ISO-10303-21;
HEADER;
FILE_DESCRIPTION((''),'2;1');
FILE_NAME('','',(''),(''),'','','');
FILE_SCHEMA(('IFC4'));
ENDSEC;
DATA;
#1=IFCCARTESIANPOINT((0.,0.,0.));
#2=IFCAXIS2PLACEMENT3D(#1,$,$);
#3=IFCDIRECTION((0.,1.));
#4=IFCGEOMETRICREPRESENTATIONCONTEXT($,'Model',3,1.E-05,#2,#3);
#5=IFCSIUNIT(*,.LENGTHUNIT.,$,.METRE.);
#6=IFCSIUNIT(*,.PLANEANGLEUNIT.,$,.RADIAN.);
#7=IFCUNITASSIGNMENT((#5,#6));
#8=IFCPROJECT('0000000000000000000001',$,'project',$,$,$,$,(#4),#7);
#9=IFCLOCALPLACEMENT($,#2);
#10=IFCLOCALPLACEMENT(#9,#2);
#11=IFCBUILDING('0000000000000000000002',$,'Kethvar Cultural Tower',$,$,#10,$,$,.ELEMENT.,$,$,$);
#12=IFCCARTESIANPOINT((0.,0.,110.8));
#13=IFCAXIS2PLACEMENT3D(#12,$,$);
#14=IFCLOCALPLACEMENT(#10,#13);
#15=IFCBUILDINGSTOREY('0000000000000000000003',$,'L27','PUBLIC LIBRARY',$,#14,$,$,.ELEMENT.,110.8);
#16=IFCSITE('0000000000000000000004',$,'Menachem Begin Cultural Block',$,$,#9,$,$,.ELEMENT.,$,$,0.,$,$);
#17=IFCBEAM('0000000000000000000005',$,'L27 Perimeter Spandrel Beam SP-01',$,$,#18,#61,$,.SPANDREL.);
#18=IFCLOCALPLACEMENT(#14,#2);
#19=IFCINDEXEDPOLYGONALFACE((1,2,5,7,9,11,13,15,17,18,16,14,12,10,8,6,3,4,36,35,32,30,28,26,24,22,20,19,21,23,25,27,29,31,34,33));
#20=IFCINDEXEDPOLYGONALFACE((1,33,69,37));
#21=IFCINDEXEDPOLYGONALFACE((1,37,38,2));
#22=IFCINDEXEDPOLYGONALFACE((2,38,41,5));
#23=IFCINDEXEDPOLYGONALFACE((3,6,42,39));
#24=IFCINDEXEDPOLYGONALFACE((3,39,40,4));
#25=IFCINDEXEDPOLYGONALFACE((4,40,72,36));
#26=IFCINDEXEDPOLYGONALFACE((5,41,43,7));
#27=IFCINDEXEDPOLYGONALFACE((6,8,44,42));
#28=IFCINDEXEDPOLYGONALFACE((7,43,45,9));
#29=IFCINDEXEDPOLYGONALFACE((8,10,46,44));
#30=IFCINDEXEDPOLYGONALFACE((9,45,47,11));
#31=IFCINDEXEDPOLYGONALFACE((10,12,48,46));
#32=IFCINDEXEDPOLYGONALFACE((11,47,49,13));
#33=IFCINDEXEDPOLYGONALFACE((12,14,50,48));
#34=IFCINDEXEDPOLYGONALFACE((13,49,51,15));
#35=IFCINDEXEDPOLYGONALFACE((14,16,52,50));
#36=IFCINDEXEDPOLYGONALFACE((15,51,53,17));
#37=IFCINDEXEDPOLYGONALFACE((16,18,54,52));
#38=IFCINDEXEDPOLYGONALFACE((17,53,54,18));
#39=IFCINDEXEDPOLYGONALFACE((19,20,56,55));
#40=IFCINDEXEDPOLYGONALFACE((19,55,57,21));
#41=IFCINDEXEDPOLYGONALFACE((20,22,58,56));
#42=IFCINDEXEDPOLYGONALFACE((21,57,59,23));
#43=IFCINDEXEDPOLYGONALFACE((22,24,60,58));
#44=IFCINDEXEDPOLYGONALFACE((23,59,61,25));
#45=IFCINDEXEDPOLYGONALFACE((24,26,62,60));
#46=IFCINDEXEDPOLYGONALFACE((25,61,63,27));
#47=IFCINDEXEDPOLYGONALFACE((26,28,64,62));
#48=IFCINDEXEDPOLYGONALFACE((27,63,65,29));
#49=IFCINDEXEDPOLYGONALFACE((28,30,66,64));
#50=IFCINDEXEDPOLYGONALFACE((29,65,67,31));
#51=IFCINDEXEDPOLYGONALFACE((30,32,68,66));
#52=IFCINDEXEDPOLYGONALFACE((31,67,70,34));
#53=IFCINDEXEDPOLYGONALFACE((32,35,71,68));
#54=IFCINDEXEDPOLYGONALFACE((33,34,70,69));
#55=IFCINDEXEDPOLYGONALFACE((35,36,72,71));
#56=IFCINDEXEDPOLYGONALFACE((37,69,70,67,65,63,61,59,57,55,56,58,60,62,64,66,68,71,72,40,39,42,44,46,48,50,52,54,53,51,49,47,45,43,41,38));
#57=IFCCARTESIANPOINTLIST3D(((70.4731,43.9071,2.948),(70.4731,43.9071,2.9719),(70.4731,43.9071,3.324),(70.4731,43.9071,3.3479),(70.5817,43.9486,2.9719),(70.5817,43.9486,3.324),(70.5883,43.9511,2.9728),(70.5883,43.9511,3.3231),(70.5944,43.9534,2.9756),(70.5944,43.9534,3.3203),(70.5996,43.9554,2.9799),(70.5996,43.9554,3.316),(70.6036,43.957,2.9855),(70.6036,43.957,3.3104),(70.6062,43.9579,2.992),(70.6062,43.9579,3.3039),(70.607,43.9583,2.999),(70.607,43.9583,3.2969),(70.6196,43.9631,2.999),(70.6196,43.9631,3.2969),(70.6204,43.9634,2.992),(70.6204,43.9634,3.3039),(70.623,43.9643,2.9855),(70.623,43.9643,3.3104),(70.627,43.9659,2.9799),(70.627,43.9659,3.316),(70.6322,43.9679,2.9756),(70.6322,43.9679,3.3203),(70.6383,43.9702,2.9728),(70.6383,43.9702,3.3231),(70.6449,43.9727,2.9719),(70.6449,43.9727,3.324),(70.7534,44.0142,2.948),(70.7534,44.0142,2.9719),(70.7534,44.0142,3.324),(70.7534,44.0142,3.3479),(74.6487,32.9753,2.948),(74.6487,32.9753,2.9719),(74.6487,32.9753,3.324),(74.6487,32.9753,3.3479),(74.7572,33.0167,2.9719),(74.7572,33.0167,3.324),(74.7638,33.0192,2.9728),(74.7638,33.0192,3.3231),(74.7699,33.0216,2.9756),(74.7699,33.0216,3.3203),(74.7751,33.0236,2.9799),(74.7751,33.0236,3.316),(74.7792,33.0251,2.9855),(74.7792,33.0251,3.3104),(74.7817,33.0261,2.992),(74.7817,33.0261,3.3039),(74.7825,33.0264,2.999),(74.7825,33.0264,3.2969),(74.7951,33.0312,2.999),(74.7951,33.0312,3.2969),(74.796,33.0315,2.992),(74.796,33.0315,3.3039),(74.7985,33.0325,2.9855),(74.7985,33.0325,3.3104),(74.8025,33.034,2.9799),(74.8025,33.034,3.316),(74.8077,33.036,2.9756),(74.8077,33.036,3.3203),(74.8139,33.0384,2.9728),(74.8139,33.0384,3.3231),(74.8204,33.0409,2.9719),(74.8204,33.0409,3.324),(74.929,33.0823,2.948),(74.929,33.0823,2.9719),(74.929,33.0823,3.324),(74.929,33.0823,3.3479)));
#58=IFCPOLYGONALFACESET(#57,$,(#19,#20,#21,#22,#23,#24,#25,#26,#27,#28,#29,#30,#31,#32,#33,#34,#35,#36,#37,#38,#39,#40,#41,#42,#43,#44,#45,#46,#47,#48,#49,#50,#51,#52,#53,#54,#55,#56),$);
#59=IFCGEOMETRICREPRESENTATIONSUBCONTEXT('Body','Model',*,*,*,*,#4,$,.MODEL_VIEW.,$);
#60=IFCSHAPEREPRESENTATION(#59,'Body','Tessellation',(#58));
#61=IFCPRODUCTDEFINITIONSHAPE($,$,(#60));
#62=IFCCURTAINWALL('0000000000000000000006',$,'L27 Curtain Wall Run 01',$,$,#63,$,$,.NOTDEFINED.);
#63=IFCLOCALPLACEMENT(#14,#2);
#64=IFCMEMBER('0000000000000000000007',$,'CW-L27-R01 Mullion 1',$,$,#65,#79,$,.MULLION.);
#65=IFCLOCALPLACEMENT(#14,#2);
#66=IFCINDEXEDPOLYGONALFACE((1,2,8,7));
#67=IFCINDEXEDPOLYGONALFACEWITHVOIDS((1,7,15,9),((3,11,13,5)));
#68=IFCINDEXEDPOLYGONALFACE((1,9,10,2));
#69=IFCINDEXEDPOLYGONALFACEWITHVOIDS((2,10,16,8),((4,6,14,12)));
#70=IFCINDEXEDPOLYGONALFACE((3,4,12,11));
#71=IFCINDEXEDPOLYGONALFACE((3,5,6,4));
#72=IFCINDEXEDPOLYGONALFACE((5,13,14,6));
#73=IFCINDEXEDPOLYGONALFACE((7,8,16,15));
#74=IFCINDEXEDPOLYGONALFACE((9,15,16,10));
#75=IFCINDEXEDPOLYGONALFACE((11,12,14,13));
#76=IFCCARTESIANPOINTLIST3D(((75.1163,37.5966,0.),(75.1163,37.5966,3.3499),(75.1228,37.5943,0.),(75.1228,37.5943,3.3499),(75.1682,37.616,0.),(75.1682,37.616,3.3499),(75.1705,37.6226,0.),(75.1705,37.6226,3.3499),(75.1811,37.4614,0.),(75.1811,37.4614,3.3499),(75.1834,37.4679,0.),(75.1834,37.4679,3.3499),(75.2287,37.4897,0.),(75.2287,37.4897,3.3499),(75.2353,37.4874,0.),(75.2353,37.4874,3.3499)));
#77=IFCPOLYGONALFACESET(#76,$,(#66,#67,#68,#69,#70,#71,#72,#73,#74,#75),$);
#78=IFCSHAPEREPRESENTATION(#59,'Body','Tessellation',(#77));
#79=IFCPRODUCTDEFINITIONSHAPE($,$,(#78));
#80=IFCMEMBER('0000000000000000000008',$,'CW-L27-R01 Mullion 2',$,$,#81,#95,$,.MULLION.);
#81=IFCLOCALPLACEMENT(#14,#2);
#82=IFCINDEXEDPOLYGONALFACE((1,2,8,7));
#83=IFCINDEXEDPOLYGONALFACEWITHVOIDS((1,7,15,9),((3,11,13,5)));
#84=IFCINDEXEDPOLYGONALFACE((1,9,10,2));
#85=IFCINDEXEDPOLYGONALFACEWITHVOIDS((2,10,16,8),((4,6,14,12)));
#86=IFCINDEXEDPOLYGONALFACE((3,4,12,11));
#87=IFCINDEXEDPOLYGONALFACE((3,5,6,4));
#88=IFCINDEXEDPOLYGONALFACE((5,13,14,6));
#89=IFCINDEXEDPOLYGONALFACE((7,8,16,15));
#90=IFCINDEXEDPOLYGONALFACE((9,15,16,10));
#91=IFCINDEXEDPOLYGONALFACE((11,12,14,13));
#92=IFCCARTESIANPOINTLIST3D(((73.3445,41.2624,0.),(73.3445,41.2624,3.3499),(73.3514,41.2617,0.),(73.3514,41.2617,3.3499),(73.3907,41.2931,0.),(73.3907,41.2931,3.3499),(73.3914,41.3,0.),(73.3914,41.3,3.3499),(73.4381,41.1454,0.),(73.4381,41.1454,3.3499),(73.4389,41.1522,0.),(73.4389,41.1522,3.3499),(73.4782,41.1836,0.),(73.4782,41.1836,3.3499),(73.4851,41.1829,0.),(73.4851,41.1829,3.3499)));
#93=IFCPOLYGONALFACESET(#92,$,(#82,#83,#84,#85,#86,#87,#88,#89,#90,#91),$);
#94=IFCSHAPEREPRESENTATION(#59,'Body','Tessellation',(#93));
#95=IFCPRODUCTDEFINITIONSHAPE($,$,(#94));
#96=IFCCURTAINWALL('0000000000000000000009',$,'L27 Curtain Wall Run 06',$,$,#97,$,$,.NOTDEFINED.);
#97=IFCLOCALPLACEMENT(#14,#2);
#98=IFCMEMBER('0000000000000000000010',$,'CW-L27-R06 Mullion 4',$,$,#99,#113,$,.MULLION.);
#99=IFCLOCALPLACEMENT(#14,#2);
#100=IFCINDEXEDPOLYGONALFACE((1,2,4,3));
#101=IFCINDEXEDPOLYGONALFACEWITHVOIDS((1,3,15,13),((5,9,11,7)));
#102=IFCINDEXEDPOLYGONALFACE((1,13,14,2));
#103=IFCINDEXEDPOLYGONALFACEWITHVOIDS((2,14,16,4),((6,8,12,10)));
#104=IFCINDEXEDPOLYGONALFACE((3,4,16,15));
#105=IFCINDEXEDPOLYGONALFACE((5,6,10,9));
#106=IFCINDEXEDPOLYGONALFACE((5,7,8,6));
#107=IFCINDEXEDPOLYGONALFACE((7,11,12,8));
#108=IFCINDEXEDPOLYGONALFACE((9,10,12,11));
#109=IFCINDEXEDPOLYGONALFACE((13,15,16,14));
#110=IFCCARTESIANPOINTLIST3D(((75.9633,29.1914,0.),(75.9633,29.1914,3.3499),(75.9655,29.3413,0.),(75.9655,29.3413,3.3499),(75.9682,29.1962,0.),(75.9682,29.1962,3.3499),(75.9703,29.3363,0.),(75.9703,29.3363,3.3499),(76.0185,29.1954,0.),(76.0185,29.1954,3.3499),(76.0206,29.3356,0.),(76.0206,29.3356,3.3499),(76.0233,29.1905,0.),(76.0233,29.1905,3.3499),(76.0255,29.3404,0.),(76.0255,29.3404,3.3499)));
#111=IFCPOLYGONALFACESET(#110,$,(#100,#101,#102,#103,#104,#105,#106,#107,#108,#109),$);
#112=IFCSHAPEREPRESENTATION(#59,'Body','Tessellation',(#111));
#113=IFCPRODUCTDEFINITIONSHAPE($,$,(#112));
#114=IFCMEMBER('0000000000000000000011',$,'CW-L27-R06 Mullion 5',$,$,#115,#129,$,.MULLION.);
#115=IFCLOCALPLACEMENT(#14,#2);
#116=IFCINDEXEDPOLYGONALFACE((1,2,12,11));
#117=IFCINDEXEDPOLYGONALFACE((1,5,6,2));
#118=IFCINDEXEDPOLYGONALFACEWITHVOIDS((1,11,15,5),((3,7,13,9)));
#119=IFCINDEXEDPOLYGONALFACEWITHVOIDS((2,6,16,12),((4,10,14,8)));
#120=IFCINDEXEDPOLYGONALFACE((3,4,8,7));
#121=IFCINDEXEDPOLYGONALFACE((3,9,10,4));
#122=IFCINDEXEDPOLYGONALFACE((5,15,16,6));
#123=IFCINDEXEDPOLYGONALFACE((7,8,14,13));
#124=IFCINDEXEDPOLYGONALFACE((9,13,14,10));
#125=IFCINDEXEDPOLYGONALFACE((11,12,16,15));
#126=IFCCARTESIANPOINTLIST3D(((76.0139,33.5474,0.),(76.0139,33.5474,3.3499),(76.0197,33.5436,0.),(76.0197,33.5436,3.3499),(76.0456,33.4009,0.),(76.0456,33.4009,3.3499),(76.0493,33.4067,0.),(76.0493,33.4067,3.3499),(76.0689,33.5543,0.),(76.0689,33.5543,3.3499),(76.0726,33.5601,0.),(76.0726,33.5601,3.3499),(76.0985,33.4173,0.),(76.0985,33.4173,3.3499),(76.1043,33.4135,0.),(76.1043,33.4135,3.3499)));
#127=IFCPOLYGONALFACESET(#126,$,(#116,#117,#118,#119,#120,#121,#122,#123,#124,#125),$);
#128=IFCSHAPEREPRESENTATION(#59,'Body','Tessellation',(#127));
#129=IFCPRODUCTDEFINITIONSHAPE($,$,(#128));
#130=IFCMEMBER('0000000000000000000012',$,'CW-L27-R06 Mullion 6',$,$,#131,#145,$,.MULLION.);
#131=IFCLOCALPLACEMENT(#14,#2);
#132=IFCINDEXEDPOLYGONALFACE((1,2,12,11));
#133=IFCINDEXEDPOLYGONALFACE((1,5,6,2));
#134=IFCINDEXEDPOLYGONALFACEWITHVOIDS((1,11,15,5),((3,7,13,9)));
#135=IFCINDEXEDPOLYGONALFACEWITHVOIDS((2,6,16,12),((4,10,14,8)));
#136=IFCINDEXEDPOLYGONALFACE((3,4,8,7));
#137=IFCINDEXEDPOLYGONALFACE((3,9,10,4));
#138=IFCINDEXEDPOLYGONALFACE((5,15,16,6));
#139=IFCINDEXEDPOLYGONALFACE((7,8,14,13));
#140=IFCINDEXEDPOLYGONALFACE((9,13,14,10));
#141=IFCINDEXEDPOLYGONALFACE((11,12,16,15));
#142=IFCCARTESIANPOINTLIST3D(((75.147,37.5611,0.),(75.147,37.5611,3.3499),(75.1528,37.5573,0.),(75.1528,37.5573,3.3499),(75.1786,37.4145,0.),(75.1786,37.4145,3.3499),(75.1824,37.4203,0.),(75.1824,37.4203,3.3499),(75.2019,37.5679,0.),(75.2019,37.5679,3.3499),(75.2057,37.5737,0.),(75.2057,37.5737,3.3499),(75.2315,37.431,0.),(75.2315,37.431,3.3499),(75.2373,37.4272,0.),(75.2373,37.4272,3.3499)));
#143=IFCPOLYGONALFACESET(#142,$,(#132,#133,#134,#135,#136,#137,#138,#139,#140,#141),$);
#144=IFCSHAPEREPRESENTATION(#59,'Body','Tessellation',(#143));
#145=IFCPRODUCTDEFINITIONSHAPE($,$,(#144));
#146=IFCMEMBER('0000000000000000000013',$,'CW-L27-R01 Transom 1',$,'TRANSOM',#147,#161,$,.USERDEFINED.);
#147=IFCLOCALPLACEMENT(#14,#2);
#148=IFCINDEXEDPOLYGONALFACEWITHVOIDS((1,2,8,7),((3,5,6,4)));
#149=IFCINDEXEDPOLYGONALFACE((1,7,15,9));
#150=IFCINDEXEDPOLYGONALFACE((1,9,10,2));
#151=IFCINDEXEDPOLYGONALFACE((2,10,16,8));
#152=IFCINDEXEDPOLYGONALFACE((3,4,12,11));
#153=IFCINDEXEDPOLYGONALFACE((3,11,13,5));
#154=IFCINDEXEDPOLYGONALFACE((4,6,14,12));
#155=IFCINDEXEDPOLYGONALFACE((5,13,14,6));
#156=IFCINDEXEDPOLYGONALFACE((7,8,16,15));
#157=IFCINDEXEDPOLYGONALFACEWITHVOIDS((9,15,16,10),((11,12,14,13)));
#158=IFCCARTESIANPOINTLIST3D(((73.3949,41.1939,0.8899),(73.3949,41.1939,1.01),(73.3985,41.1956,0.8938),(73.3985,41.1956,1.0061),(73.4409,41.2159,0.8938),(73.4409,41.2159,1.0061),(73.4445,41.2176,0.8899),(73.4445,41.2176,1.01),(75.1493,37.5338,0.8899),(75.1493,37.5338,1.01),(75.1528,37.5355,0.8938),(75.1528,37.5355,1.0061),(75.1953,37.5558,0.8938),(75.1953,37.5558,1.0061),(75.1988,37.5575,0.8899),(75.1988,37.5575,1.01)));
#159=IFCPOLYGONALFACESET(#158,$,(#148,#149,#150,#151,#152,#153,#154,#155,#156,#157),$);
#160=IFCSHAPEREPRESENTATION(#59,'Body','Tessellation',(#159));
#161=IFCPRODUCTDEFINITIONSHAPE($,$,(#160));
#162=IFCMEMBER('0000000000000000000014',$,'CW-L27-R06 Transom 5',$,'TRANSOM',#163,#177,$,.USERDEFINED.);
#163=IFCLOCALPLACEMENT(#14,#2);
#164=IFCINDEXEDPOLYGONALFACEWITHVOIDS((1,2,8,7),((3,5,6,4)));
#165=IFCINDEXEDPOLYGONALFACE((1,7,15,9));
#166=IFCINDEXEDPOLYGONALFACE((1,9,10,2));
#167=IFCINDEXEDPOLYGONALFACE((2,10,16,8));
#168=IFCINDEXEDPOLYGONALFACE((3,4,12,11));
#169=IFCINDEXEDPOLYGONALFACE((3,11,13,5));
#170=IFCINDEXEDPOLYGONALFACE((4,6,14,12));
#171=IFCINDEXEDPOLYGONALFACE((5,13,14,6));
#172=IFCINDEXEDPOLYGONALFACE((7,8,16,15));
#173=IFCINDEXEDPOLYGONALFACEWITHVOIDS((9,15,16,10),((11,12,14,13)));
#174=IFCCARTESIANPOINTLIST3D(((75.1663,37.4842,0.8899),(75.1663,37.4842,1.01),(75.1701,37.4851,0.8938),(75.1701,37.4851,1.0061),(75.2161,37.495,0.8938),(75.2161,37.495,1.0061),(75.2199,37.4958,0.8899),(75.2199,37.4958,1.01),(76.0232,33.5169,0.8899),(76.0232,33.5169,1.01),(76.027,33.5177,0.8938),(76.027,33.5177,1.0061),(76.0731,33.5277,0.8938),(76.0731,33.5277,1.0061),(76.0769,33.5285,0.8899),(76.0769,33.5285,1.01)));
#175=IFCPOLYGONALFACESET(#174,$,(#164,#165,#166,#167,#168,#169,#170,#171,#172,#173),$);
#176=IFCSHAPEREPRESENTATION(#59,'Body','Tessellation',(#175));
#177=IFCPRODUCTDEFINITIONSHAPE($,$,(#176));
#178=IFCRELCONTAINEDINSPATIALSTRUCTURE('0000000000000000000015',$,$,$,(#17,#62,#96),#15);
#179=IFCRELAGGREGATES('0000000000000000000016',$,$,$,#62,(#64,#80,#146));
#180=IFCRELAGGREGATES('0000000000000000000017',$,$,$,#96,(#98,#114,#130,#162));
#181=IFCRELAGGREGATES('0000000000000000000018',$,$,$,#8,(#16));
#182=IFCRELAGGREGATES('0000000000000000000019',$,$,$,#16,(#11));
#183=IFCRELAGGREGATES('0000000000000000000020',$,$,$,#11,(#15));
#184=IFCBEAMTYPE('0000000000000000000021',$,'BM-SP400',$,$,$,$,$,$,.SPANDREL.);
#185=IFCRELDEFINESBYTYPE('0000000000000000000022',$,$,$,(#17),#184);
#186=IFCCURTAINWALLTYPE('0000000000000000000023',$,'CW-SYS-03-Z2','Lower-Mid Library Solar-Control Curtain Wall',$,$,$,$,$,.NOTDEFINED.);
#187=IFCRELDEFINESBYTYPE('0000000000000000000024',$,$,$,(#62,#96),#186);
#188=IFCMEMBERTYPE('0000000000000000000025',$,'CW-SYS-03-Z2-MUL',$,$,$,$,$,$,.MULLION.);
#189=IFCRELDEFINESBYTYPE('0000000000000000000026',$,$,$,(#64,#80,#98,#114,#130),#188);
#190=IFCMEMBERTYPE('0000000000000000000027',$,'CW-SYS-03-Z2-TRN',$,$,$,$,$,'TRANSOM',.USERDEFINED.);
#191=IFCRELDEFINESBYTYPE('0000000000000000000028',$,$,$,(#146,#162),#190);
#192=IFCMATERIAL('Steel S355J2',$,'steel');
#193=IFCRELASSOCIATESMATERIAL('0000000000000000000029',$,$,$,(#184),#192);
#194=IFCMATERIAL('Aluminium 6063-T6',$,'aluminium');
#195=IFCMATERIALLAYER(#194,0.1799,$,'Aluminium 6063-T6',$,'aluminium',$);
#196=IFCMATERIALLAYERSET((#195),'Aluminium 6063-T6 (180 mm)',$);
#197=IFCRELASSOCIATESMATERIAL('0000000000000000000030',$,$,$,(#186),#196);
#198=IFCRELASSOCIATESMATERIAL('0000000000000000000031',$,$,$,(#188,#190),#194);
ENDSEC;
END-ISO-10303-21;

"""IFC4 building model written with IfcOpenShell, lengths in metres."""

from ifc_helpers import new_model, si_unit, direction, frame, origin, origin_2d, place, context, subcontext, project, spatial, hollow_rectangle, i_section, extrude, source, transform, mapped, material, layer, layer_set, material_profile, profile_set, type_object, element, aggregate, save


model = new_model("IFC4")

# Units and contexts
model_context = context("Model", 3, precision=1e-05, world=origin(), true_north=direction((0.0, 1.0)))
body_context = subcontext(model_context, "Body", "Model", "MODEL_VIEW")
ifc_project = project(units=[si_unit("LENGTHUNIT", "METRE"), si_unit("PLANEANGLEUNIT", "RADIAN")], contexts=[model_context])

# Site, building, storey
site_placement = place(None, origin())
site = spatial("IfcSite", under=ifc_project, at=site_placement, Name="Menachem Begin Cultural Block", CompositionType="ELEMENT", RefElevation=0.0)
building_placement = place(site_placement, origin())
building = spatial("IfcBuilding", under=site, at=building_placement, Name="Kethvar Cultural Tower", CompositionType="ELEMENT")
storey_placement = place(building_placement, frame((0.0, 0.0, 110.8)))
storey = spatial("IfcBuildingStorey", under=building, at=storey_placement, Name="L27", Description="PUBLIC LIBRARY", CompositionType="ELEMENT", Elevation=110.8)

# Beam
ifc_material_1 = material(Name="Steel S355J2", Category="steel")
ifc_material_profile_1 = material_profile(ifc_material_1, i_section(OverallWidth=0.3, OverallDepth=0.3999, WebThickness=0.0134, FlangeThickness=0.0239, FilletRadius=0.0271, at=origin_2d()), Name="Steel S355J2 — HEB400")
ifc_profile_set_1 = profile_set([ifc_material_profile_1], Name="Steel S355J2 — HEB400")
beam_type_1 = type_object("IfcBeamType", Name="BM-SP400", PredefinedType="SPANDREL", material=ifc_profile_set_1)
shared_shape_1 = source(origin(), body_context, "Body", "SweptSolid", [
    extrude(i_section(OverallWidth=0.3, OverallDepth=0.3999, WebThickness=0.0134, FlangeThickness=0.0239, FilletRadius=0.0271, at=origin_2d()), origin(), (0.0, 0.0, 1.0), 11.7021),
])
beam_1_placement = place(storey_placement, frame((74.7888, 33.0288, 3.1479), z_axis=(-0.356817, 0.934174, 0.0), x_axis=(-0.934174, -0.356817, 0.0)))
element("IfcBeam", 1, at=beam_1_placement, inside=storey, type_object=beam_type_1, Name="L27 Perimeter Spandrel Beam SP-01", PredefinedType="SPANDREL", context=body_context, shape_type="MappedRepresentation", body=[
    mapped(shared_shape_1, transform((0.0, 0.0, 0.0), scale=1.0)),
])

# Curtain walls, members
ifc_material_2 = material(Name="Aluminium 6063-T6", Category="aluminium")
ifc_layer_1 = layer(ifc_material_2, 0.1799, Name="Aluminium 6063-T6", Category="aluminium")
ifc_layer_set_1 = layer_set([ifc_layer_1], Name="Aluminium 6063-T6 (180 mm)")
curtain_wall_type = type_object("IfcCurtainWallType", Name="CW-SYS-03-Z2", Description="Lower-Mid Library Solar-Control Curtain Wall", PredefinedType="NOTDEFINED", material=ifc_layer_set_1)
curtain_wall_1_placement = place(storey_placement, origin())
curtain_wall_1 = element("IfcCurtainWall", 2, at=curtain_wall_1_placement, inside=storey, type_object=curtain_wall_type, Name="L27 Curtain Wall Run 01", PredefinedType="NOTDEFINED")
ifc_material_profile_2 = material_profile(ifc_material_2, hollow_rectangle(XDim=0.0601, YDim=0.1499, WallThickness=0.0049, at=origin_2d()), Name="Aluminium 6063-T6 — RHS150x60x5")
ifc_profile_set_2 = profile_set([ifc_material_profile_2], Name="Aluminium 6063-T6 — RHS150x60x5")
member_type_1 = type_object("IfcMemberType", Name="CW-SYS-03-Z2-MUL", PredefinedType="MULLION", material=ifc_profile_set_2)
shared_shape_2 = source(origin(), body_context, "Body", "SweptSolid", [
    extrude(hollow_rectangle(XDim=0.0601, YDim=0.1499, WallThickness=0.0049, at=origin_2d()), origin(), (0.0, 0.0, 1.0), 3.3499),
])
member_1_placement = place(storey_placement, frame((75.1758, 37.542, 0.0), z_axis=(0.0, 0.0, 1.0), x_axis=(-0.90175, -0.432259, 0.0)))
member_1 = element("IfcMember", 3, at=member_1_placement, type_object=member_type_1, Name="CW-L27-R01 Mullion 1", PredefinedType="MULLION", context=body_context, shape_type="MappedRepresentation", body=[
    mapped(shared_shape_2, transform((0.0, 0.0, 0.0), scale=1.0)),
])
member_2_placement = place(storey_placement, frame((73.4148, 41.2227, 0.0), z_axis=(0.0, 0.0, 1.0), x_axis=(-0.781074, -0.624439, 0.0)))
member_2 = element("IfcMember", 4, at=member_2_placement, type_object=member_type_1, Name="CW-L27-R01 Mullion 2", PredefinedType="MULLION", context=body_context, shape_type="MappedRepresentation", body=[
    mapped(shared_shape_2, transform((0.0, 0.0, 0.0), scale=1.0)),
])
curtain_wall_2_placement = place(storey_placement, origin())
curtain_wall_2 = element("IfcCurtainWall", 5, at=curtain_wall_2_placement, inside=storey, type_object=curtain_wall_type, Name="L27 Curtain Wall Run 06", PredefinedType="NOTDEFINED")
member_3_placement = place(storey_placement, frame((75.9944, 29.2659, 0.0), z_axis=(0.0, 0.0, 1.0), x_axis=(-0.999893, 0.01466, 0.0)))
member_3 = element("IfcMember", 6, at=member_3_placement, type_object=member_type_1, Name="CW-L27-R06 Mullion 4", PredefinedType="MULLION", context=body_context, shape_type="MappedRepresentation", body=[
    mapped(shared_shape_2, transform((0.0, 0.0, 0.0), scale=1.0)),
])
member_4_placement = place(storey_placement, frame((76.0591, 33.4805, 0.0), z_axis=(0.0, 0.0, 1.0), x_axis=(-0.977456, -0.211137, 0.0)))
member_4 = element("IfcMember", 7, at=member_4_placement, type_object=member_type_1, Name="CW-L27-R06 Mullion 5", PredefinedType="MULLION", context=body_context, shape_type="MappedRepresentation", body=[
    mapped(shared_shape_2, transform((0.0, 0.0, 0.0), scale=1.0)),
])
member_5_placement = place(storey_placement, frame((75.1921, 37.4941, 0.0), z_axis=(0.0, 0.0, 1.0), x_axis=(-0.977456, -0.211137, 0.0)))
member_5 = element("IfcMember", 8, at=member_5_placement, type_object=member_type_1, Name="CW-L27-R06 Mullion 6", PredefinedType="MULLION", context=body_context, shape_type="MappedRepresentation", body=[
    mapped(shared_shape_2, transform((0.0, 0.0, 0.0), scale=1.0)),
])

# Members
ifc_material_profile_3 = material_profile(ifc_material_2, hollow_rectangle(XDim=0.0549, YDim=0.1201, WallThickness=0.0039, at=origin_2d()), Name="Aluminium 6063-T6 — RHS120x55x4")
ifc_profile_set_3 = profile_set([ifc_material_profile_3], Name="Aluminium 6063-T6 — RHS120x55x4")
member_type_2 = type_object("IfcMemberType", Name="CW-SYS-03-Z2-TRN", ElementType="TRANSOM", PredefinedType="USERDEFINED", material=ifc_profile_set_3)
shared_shape_3 = source(origin(), body_context, "Body", "SweptSolid", [
    extrude(hollow_rectangle(XDim=0.0549, YDim=0.1201, WallThickness=0.0039, at=origin_2d()), origin(), (0.0, 0.0, 1.0), 4.0588),
])
member_6_placement = place(storey_placement, frame((75.1741, 37.5457, 0.95), z_axis=(-0.432234, 0.901761, 0.0), x_axis=(-0.901761, -0.432234, 0.0)))
member_6 = element("IfcMember", 9, at=member_6_placement, type_object=member_type_2, Name="CW-L27-R01 Transom 1", ObjectType="TRANSOM", PredefinedType="USERDEFINED", context=body_context, shape_type="MappedRepresentation", body=[
    mapped(shared_shape_3, transform((0.0, 0.0, 0.0), scale=1.0)),
])
member_7_placement = place(storey_placement, frame((76.05, 33.5227, 0.95), z_axis=(-0.211131, 0.977458, 0.0), x_axis=(-0.977458, -0.211131, 0.0)))
member_7 = element("IfcMember", 10, at=member_7_placement, type_object=member_type_2, Name="CW-L27-R06 Transom 5", ObjectType="TRANSOM", PredefinedType="USERDEFINED", context=body_context, shape_type="MappedRepresentation", body=[
    mapped(shared_shape_3, transform((0.0, 0.0, 0.0), scale=1.0)),
])

aggregate(curtain_wall_1, [member_1, member_2, member_6])
aggregate(curtain_wall_2, [member_3, member_4, member_5, member_7])

save(model, "model.ifc")
